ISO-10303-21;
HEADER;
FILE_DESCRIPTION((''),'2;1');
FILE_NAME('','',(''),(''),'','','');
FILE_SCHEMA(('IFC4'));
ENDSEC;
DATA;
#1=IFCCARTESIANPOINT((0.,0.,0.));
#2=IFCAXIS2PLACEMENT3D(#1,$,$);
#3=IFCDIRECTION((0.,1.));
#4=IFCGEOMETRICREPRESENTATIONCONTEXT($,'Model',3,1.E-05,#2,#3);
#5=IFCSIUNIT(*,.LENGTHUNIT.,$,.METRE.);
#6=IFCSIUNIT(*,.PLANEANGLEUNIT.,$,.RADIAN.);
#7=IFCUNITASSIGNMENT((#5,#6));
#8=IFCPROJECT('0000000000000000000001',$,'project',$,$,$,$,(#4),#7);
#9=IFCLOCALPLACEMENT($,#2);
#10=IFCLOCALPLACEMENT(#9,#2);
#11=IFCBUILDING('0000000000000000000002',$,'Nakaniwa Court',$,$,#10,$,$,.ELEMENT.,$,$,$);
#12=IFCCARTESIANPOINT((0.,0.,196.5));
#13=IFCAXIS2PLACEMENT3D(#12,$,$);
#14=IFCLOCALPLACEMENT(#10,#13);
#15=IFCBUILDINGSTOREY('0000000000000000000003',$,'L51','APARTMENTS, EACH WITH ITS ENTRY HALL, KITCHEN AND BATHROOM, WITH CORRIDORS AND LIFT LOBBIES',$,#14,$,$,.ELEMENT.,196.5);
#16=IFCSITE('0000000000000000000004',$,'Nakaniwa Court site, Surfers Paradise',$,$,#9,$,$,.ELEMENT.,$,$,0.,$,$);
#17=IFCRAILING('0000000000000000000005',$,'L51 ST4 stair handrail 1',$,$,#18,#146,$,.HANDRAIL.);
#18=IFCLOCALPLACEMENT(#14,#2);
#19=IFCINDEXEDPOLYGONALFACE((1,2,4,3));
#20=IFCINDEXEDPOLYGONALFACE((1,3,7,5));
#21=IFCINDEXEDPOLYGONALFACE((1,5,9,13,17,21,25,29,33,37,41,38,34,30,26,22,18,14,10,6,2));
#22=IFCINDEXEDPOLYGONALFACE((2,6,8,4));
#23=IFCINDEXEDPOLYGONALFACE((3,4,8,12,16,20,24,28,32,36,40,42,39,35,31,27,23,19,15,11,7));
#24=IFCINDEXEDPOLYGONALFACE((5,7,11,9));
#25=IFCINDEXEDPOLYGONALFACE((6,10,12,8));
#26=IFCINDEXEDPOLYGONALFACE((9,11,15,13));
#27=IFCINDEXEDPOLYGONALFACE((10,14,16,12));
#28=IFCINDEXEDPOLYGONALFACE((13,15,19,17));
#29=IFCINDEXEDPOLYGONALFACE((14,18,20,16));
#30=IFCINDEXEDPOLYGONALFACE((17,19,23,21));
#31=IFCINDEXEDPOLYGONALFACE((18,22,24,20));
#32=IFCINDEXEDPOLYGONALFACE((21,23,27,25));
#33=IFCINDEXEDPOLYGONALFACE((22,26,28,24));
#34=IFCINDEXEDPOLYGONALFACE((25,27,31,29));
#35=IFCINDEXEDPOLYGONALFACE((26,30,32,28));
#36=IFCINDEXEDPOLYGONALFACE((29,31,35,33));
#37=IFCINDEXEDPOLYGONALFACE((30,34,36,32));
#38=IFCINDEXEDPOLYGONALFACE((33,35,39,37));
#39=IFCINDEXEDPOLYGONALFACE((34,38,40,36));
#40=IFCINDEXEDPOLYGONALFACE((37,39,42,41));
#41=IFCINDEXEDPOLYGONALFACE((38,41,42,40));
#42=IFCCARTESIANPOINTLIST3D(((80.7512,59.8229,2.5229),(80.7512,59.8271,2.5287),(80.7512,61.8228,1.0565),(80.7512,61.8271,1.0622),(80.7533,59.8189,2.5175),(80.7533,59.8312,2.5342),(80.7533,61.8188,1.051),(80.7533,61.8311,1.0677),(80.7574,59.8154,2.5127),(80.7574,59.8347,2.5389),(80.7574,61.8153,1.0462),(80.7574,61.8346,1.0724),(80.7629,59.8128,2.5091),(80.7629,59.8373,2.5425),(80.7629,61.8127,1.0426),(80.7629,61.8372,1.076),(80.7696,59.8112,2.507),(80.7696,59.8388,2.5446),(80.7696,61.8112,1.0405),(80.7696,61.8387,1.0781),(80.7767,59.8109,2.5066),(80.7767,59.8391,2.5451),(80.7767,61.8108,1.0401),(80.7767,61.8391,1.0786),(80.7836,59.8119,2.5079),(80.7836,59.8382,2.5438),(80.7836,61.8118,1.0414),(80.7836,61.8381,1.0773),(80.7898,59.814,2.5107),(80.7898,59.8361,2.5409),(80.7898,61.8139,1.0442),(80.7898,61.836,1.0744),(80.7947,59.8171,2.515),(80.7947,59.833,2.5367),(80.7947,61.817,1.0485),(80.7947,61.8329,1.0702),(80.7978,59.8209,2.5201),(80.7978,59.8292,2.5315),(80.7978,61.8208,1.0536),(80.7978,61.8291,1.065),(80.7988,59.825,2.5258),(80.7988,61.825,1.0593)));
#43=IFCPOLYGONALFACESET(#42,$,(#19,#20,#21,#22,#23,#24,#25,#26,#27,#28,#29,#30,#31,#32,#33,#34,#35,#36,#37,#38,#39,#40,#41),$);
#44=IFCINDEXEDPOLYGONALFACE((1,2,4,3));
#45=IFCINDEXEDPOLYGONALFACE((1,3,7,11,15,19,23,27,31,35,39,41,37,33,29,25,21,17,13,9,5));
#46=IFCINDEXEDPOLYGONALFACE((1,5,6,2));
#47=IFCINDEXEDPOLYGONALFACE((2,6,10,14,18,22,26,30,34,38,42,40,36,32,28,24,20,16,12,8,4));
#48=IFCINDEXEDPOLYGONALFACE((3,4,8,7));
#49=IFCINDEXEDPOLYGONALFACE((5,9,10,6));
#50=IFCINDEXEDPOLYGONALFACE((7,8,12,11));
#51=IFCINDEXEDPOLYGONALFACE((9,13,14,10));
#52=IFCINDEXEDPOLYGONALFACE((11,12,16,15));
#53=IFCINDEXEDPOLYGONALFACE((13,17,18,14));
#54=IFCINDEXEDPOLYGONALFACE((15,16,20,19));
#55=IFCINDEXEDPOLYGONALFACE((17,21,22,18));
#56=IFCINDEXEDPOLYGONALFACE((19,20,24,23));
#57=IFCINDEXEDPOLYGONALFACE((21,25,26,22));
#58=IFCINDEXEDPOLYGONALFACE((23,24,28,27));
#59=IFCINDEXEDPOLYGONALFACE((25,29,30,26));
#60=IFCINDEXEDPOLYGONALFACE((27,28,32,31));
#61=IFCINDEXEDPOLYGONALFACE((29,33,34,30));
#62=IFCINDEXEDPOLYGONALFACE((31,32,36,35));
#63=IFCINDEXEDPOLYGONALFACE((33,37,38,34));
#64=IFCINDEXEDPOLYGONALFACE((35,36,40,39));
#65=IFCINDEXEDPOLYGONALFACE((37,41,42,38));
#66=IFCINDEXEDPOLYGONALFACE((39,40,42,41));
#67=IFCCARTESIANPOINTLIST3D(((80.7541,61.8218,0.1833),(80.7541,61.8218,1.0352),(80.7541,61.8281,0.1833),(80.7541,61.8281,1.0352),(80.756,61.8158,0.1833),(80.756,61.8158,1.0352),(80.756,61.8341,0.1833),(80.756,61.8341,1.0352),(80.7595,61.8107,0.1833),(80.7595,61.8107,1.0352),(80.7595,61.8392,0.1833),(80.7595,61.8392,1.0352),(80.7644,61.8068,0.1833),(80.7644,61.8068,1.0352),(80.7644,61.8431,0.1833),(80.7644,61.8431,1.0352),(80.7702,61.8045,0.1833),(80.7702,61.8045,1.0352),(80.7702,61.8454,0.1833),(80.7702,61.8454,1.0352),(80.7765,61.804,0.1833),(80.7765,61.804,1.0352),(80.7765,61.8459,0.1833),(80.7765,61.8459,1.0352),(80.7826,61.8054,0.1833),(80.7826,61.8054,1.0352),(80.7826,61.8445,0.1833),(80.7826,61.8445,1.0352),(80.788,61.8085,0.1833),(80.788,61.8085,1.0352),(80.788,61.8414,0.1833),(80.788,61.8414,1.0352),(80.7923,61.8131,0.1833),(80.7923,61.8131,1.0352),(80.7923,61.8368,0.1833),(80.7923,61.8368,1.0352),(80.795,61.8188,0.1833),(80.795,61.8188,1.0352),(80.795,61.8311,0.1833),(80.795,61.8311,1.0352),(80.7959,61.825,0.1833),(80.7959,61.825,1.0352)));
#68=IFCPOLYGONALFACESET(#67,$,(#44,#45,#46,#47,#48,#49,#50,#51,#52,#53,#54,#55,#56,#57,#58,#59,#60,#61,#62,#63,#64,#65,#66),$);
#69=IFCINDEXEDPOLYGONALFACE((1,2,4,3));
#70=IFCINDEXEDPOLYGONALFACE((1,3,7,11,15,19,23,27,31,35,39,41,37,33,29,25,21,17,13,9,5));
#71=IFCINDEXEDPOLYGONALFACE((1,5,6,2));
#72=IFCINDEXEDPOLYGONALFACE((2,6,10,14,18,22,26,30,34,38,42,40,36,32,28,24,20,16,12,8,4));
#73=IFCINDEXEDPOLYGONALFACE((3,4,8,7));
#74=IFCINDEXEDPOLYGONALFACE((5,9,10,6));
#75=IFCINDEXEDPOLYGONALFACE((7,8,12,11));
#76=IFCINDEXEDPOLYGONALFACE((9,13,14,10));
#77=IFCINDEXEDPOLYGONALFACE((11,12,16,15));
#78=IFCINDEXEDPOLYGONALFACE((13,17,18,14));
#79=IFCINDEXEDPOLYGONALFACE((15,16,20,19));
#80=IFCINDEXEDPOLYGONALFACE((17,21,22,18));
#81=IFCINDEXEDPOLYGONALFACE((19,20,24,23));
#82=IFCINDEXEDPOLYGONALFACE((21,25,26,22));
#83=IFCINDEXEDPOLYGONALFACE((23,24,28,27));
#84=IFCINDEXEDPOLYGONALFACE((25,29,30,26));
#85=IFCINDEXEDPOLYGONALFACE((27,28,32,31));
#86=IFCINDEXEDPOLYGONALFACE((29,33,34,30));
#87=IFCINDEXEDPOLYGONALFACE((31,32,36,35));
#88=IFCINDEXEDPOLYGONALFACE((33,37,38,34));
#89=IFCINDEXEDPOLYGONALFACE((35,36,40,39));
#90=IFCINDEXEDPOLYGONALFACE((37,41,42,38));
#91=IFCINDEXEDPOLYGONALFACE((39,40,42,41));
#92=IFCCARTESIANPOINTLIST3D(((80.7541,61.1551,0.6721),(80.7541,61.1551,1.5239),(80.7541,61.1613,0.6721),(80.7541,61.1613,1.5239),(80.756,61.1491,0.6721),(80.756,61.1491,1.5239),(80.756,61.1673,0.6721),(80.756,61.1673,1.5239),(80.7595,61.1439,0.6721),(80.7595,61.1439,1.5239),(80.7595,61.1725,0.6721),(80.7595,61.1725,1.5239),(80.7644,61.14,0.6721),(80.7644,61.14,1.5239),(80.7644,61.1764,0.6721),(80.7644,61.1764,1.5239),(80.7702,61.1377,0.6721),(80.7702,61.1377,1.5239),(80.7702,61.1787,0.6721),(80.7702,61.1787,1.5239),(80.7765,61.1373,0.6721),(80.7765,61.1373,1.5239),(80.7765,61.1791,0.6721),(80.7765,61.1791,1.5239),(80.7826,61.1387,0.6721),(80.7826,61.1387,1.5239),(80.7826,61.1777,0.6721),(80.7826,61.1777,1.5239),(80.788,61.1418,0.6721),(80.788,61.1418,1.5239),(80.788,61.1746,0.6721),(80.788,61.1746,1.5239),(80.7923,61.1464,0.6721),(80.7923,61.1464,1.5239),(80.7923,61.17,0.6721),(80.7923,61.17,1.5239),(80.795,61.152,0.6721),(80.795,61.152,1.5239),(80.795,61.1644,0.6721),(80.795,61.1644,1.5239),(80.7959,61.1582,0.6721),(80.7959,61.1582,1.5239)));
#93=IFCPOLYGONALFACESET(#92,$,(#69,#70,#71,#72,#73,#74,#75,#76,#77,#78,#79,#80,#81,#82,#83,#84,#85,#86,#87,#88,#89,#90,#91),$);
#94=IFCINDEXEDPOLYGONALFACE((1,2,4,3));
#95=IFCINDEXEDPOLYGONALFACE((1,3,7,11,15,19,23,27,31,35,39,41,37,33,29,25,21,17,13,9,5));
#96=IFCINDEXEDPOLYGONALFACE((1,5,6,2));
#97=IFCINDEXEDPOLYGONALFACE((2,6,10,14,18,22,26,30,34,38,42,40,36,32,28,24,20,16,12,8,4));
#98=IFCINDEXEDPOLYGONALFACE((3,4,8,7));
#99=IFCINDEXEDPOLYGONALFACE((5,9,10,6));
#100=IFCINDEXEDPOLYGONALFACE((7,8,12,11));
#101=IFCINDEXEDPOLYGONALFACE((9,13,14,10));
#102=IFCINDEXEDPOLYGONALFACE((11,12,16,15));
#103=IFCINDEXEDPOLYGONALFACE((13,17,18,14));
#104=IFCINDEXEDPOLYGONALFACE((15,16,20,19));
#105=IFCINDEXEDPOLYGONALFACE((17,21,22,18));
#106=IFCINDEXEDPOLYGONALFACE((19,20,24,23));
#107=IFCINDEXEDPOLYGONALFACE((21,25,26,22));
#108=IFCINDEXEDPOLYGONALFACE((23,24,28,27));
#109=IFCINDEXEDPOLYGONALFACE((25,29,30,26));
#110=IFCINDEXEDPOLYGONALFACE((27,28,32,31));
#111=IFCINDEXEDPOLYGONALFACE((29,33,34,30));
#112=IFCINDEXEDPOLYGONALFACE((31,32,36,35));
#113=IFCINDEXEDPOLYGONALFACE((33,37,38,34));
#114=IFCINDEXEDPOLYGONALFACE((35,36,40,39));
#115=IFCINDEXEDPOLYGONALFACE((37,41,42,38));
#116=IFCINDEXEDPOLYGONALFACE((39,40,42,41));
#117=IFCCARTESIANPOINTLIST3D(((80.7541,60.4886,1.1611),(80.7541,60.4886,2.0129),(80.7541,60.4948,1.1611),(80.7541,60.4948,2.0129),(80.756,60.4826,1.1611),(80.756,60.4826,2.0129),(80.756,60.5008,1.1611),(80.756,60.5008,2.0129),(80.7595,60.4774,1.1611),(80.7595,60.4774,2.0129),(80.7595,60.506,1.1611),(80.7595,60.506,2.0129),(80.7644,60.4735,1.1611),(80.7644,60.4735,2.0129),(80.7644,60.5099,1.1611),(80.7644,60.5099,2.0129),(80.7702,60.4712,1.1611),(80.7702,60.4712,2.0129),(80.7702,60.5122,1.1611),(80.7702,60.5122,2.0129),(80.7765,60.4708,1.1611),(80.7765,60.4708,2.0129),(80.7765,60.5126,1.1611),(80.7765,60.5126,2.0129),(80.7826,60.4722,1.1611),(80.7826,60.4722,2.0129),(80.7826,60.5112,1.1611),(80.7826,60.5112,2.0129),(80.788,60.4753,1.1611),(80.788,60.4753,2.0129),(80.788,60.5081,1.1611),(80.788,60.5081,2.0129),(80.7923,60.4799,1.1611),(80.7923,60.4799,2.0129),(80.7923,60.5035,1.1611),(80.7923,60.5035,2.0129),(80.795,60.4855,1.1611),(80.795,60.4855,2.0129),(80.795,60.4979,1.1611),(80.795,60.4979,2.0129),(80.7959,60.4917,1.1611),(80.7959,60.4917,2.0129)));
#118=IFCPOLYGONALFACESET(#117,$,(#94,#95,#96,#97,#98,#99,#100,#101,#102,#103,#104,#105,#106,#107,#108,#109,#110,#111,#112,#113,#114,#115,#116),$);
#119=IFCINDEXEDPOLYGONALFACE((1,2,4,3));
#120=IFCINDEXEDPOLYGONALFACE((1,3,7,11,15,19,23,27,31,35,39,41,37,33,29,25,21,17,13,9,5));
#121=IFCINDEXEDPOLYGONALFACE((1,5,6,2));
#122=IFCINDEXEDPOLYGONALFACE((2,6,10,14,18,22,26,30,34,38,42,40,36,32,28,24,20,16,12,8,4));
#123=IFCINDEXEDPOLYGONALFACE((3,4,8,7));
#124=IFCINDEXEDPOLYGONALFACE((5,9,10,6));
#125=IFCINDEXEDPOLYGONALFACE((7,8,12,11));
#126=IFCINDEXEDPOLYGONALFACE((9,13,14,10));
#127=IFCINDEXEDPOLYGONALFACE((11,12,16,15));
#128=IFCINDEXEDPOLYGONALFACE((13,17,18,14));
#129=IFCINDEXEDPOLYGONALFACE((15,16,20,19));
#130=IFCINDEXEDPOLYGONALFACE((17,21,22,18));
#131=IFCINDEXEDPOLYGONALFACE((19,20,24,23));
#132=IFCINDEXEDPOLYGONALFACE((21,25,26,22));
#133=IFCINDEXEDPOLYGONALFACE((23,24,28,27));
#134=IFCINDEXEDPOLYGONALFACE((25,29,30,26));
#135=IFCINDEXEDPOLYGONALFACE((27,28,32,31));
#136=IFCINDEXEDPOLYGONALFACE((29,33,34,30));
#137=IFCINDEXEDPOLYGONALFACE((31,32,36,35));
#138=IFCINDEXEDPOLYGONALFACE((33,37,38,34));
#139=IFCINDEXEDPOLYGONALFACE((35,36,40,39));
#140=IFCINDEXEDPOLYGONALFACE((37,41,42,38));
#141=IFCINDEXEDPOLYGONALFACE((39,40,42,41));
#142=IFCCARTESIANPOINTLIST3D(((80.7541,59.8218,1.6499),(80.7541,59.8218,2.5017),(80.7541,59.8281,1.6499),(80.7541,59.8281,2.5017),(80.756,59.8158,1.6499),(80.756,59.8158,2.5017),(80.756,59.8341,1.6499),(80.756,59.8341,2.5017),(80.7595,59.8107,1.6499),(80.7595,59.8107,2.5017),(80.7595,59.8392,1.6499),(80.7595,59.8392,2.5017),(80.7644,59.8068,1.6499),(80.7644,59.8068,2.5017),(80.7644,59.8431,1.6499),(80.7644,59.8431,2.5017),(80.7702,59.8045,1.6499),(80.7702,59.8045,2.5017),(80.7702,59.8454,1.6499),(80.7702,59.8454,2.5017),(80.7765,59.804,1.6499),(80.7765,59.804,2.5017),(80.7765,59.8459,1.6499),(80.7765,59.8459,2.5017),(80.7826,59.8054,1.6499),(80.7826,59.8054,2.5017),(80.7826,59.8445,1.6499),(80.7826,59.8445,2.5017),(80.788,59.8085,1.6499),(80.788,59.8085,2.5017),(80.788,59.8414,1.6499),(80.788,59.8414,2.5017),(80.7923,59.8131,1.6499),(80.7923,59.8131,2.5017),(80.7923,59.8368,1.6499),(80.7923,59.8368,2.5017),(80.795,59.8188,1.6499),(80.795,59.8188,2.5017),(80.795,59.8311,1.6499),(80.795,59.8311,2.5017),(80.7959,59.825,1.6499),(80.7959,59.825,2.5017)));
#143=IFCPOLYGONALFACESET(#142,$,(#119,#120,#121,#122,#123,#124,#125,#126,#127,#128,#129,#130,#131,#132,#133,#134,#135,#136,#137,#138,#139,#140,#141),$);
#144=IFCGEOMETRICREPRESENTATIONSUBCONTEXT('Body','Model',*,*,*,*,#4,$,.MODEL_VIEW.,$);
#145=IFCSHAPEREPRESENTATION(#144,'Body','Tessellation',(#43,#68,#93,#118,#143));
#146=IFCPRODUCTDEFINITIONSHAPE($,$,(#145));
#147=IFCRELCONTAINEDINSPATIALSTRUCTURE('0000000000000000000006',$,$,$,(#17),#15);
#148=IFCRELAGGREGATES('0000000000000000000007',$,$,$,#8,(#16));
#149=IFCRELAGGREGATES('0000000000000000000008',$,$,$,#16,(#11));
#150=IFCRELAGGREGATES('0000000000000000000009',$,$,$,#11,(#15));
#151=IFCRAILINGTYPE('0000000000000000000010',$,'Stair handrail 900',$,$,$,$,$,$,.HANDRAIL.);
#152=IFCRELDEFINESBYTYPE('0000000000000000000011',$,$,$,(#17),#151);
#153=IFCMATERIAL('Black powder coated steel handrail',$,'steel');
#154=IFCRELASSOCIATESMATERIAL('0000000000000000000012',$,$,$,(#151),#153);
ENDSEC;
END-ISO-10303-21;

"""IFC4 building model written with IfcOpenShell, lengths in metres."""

from ifc_helpers import new_model, si_unit, direction, frame, origin, origin_2d, place, context, subcontext, project, spatial, circle, extrude, material, type_object, element, save


model = new_model("IFC4")

# Units and contexts
model_context = context("Model", 3, precision=1e-05, world=origin(), true_north=direction((0.0, 1.0)))
body_context = subcontext(model_context, "Body", "Model", "MODEL_VIEW")
ifc_project = project(units=[si_unit("LENGTHUNIT", "METRE"), si_unit("PLANEANGLEUNIT", "RADIAN")], contexts=[model_context])

# Site, building, storey
site_placement = place(None, origin())
site = spatial("IfcSite", under=ifc_project, at=site_placement, Name="Nakaniwa Court site, Surfers Paradise", CompositionType="ELEMENT", RefElevation=0.0)
building_placement = place(site_placement, origin())
building = spatial("IfcBuilding", under=site, at=building_placement, Name="Nakaniwa Court", CompositionType="ELEMENT")
storey_placement = place(building_placement, frame((0.0, 0.0, 196.5)))
storey = spatial("IfcBuildingStorey", under=building, at=storey_placement, Name="L51", Description="APARTMENTS, EACH WITH ITS ENTRY HALL, KITCHEN AND BATHROOM, WITH CORRIDORS AND LIFT LOBBIES", CompositionType="ELEMENT", Elevation=196.5)

# Railing
ifc_material_1 = material(Name="Black powder coated steel handrail", Category="steel")
railing_type_1 = type_object("IfcRailingType", Name="Stair handrail 900", PredefinedType="HANDRAIL", material=ifc_material_1)
railing_1_placement = place(storey_placement, frame((80.7749, 61.825, 0.1833)))
element("IfcRailing", 1, at=railing_1_placement, inside=storey, type_object=railing_type_1, Name="L51 ST4 stair handrail 1", PredefinedType="HANDRAIL", context=body_context, shape_type="SweptSolid", body=[
    extrude(circle(Radius=0.0239, at=origin_2d()), frame((0.0, 0.0, 0.876), z_axis=(0.0, -0.806427, 0.591334), x_axis=(1.0, 0.0, 0.0)), (0.0, 0.0, 1.0), 2.48),
    extrude(circle(Radius=0.021, at=origin_2d()), origin(), (0.0, 0.0, 1.0), 0.8518),
    extrude(circle(Radius=0.021, at=origin_2d()), frame((0.0, -0.6667, 0.4888)), (0.0, 0.0, 1.0), 0.8518),
    extrude(circle(Radius=0.021, at=origin_2d()), frame((0.0, -1.3333, 0.9778)), (0.0, 0.0, 1.0), 0.8518),
    extrude(circle(Radius=0.021, at=origin_2d()), frame((0.0, -2.0, 1.4666)), (0.0, 0.0, 1.0), 0.8518),
])

save(model, "model.ifc")
